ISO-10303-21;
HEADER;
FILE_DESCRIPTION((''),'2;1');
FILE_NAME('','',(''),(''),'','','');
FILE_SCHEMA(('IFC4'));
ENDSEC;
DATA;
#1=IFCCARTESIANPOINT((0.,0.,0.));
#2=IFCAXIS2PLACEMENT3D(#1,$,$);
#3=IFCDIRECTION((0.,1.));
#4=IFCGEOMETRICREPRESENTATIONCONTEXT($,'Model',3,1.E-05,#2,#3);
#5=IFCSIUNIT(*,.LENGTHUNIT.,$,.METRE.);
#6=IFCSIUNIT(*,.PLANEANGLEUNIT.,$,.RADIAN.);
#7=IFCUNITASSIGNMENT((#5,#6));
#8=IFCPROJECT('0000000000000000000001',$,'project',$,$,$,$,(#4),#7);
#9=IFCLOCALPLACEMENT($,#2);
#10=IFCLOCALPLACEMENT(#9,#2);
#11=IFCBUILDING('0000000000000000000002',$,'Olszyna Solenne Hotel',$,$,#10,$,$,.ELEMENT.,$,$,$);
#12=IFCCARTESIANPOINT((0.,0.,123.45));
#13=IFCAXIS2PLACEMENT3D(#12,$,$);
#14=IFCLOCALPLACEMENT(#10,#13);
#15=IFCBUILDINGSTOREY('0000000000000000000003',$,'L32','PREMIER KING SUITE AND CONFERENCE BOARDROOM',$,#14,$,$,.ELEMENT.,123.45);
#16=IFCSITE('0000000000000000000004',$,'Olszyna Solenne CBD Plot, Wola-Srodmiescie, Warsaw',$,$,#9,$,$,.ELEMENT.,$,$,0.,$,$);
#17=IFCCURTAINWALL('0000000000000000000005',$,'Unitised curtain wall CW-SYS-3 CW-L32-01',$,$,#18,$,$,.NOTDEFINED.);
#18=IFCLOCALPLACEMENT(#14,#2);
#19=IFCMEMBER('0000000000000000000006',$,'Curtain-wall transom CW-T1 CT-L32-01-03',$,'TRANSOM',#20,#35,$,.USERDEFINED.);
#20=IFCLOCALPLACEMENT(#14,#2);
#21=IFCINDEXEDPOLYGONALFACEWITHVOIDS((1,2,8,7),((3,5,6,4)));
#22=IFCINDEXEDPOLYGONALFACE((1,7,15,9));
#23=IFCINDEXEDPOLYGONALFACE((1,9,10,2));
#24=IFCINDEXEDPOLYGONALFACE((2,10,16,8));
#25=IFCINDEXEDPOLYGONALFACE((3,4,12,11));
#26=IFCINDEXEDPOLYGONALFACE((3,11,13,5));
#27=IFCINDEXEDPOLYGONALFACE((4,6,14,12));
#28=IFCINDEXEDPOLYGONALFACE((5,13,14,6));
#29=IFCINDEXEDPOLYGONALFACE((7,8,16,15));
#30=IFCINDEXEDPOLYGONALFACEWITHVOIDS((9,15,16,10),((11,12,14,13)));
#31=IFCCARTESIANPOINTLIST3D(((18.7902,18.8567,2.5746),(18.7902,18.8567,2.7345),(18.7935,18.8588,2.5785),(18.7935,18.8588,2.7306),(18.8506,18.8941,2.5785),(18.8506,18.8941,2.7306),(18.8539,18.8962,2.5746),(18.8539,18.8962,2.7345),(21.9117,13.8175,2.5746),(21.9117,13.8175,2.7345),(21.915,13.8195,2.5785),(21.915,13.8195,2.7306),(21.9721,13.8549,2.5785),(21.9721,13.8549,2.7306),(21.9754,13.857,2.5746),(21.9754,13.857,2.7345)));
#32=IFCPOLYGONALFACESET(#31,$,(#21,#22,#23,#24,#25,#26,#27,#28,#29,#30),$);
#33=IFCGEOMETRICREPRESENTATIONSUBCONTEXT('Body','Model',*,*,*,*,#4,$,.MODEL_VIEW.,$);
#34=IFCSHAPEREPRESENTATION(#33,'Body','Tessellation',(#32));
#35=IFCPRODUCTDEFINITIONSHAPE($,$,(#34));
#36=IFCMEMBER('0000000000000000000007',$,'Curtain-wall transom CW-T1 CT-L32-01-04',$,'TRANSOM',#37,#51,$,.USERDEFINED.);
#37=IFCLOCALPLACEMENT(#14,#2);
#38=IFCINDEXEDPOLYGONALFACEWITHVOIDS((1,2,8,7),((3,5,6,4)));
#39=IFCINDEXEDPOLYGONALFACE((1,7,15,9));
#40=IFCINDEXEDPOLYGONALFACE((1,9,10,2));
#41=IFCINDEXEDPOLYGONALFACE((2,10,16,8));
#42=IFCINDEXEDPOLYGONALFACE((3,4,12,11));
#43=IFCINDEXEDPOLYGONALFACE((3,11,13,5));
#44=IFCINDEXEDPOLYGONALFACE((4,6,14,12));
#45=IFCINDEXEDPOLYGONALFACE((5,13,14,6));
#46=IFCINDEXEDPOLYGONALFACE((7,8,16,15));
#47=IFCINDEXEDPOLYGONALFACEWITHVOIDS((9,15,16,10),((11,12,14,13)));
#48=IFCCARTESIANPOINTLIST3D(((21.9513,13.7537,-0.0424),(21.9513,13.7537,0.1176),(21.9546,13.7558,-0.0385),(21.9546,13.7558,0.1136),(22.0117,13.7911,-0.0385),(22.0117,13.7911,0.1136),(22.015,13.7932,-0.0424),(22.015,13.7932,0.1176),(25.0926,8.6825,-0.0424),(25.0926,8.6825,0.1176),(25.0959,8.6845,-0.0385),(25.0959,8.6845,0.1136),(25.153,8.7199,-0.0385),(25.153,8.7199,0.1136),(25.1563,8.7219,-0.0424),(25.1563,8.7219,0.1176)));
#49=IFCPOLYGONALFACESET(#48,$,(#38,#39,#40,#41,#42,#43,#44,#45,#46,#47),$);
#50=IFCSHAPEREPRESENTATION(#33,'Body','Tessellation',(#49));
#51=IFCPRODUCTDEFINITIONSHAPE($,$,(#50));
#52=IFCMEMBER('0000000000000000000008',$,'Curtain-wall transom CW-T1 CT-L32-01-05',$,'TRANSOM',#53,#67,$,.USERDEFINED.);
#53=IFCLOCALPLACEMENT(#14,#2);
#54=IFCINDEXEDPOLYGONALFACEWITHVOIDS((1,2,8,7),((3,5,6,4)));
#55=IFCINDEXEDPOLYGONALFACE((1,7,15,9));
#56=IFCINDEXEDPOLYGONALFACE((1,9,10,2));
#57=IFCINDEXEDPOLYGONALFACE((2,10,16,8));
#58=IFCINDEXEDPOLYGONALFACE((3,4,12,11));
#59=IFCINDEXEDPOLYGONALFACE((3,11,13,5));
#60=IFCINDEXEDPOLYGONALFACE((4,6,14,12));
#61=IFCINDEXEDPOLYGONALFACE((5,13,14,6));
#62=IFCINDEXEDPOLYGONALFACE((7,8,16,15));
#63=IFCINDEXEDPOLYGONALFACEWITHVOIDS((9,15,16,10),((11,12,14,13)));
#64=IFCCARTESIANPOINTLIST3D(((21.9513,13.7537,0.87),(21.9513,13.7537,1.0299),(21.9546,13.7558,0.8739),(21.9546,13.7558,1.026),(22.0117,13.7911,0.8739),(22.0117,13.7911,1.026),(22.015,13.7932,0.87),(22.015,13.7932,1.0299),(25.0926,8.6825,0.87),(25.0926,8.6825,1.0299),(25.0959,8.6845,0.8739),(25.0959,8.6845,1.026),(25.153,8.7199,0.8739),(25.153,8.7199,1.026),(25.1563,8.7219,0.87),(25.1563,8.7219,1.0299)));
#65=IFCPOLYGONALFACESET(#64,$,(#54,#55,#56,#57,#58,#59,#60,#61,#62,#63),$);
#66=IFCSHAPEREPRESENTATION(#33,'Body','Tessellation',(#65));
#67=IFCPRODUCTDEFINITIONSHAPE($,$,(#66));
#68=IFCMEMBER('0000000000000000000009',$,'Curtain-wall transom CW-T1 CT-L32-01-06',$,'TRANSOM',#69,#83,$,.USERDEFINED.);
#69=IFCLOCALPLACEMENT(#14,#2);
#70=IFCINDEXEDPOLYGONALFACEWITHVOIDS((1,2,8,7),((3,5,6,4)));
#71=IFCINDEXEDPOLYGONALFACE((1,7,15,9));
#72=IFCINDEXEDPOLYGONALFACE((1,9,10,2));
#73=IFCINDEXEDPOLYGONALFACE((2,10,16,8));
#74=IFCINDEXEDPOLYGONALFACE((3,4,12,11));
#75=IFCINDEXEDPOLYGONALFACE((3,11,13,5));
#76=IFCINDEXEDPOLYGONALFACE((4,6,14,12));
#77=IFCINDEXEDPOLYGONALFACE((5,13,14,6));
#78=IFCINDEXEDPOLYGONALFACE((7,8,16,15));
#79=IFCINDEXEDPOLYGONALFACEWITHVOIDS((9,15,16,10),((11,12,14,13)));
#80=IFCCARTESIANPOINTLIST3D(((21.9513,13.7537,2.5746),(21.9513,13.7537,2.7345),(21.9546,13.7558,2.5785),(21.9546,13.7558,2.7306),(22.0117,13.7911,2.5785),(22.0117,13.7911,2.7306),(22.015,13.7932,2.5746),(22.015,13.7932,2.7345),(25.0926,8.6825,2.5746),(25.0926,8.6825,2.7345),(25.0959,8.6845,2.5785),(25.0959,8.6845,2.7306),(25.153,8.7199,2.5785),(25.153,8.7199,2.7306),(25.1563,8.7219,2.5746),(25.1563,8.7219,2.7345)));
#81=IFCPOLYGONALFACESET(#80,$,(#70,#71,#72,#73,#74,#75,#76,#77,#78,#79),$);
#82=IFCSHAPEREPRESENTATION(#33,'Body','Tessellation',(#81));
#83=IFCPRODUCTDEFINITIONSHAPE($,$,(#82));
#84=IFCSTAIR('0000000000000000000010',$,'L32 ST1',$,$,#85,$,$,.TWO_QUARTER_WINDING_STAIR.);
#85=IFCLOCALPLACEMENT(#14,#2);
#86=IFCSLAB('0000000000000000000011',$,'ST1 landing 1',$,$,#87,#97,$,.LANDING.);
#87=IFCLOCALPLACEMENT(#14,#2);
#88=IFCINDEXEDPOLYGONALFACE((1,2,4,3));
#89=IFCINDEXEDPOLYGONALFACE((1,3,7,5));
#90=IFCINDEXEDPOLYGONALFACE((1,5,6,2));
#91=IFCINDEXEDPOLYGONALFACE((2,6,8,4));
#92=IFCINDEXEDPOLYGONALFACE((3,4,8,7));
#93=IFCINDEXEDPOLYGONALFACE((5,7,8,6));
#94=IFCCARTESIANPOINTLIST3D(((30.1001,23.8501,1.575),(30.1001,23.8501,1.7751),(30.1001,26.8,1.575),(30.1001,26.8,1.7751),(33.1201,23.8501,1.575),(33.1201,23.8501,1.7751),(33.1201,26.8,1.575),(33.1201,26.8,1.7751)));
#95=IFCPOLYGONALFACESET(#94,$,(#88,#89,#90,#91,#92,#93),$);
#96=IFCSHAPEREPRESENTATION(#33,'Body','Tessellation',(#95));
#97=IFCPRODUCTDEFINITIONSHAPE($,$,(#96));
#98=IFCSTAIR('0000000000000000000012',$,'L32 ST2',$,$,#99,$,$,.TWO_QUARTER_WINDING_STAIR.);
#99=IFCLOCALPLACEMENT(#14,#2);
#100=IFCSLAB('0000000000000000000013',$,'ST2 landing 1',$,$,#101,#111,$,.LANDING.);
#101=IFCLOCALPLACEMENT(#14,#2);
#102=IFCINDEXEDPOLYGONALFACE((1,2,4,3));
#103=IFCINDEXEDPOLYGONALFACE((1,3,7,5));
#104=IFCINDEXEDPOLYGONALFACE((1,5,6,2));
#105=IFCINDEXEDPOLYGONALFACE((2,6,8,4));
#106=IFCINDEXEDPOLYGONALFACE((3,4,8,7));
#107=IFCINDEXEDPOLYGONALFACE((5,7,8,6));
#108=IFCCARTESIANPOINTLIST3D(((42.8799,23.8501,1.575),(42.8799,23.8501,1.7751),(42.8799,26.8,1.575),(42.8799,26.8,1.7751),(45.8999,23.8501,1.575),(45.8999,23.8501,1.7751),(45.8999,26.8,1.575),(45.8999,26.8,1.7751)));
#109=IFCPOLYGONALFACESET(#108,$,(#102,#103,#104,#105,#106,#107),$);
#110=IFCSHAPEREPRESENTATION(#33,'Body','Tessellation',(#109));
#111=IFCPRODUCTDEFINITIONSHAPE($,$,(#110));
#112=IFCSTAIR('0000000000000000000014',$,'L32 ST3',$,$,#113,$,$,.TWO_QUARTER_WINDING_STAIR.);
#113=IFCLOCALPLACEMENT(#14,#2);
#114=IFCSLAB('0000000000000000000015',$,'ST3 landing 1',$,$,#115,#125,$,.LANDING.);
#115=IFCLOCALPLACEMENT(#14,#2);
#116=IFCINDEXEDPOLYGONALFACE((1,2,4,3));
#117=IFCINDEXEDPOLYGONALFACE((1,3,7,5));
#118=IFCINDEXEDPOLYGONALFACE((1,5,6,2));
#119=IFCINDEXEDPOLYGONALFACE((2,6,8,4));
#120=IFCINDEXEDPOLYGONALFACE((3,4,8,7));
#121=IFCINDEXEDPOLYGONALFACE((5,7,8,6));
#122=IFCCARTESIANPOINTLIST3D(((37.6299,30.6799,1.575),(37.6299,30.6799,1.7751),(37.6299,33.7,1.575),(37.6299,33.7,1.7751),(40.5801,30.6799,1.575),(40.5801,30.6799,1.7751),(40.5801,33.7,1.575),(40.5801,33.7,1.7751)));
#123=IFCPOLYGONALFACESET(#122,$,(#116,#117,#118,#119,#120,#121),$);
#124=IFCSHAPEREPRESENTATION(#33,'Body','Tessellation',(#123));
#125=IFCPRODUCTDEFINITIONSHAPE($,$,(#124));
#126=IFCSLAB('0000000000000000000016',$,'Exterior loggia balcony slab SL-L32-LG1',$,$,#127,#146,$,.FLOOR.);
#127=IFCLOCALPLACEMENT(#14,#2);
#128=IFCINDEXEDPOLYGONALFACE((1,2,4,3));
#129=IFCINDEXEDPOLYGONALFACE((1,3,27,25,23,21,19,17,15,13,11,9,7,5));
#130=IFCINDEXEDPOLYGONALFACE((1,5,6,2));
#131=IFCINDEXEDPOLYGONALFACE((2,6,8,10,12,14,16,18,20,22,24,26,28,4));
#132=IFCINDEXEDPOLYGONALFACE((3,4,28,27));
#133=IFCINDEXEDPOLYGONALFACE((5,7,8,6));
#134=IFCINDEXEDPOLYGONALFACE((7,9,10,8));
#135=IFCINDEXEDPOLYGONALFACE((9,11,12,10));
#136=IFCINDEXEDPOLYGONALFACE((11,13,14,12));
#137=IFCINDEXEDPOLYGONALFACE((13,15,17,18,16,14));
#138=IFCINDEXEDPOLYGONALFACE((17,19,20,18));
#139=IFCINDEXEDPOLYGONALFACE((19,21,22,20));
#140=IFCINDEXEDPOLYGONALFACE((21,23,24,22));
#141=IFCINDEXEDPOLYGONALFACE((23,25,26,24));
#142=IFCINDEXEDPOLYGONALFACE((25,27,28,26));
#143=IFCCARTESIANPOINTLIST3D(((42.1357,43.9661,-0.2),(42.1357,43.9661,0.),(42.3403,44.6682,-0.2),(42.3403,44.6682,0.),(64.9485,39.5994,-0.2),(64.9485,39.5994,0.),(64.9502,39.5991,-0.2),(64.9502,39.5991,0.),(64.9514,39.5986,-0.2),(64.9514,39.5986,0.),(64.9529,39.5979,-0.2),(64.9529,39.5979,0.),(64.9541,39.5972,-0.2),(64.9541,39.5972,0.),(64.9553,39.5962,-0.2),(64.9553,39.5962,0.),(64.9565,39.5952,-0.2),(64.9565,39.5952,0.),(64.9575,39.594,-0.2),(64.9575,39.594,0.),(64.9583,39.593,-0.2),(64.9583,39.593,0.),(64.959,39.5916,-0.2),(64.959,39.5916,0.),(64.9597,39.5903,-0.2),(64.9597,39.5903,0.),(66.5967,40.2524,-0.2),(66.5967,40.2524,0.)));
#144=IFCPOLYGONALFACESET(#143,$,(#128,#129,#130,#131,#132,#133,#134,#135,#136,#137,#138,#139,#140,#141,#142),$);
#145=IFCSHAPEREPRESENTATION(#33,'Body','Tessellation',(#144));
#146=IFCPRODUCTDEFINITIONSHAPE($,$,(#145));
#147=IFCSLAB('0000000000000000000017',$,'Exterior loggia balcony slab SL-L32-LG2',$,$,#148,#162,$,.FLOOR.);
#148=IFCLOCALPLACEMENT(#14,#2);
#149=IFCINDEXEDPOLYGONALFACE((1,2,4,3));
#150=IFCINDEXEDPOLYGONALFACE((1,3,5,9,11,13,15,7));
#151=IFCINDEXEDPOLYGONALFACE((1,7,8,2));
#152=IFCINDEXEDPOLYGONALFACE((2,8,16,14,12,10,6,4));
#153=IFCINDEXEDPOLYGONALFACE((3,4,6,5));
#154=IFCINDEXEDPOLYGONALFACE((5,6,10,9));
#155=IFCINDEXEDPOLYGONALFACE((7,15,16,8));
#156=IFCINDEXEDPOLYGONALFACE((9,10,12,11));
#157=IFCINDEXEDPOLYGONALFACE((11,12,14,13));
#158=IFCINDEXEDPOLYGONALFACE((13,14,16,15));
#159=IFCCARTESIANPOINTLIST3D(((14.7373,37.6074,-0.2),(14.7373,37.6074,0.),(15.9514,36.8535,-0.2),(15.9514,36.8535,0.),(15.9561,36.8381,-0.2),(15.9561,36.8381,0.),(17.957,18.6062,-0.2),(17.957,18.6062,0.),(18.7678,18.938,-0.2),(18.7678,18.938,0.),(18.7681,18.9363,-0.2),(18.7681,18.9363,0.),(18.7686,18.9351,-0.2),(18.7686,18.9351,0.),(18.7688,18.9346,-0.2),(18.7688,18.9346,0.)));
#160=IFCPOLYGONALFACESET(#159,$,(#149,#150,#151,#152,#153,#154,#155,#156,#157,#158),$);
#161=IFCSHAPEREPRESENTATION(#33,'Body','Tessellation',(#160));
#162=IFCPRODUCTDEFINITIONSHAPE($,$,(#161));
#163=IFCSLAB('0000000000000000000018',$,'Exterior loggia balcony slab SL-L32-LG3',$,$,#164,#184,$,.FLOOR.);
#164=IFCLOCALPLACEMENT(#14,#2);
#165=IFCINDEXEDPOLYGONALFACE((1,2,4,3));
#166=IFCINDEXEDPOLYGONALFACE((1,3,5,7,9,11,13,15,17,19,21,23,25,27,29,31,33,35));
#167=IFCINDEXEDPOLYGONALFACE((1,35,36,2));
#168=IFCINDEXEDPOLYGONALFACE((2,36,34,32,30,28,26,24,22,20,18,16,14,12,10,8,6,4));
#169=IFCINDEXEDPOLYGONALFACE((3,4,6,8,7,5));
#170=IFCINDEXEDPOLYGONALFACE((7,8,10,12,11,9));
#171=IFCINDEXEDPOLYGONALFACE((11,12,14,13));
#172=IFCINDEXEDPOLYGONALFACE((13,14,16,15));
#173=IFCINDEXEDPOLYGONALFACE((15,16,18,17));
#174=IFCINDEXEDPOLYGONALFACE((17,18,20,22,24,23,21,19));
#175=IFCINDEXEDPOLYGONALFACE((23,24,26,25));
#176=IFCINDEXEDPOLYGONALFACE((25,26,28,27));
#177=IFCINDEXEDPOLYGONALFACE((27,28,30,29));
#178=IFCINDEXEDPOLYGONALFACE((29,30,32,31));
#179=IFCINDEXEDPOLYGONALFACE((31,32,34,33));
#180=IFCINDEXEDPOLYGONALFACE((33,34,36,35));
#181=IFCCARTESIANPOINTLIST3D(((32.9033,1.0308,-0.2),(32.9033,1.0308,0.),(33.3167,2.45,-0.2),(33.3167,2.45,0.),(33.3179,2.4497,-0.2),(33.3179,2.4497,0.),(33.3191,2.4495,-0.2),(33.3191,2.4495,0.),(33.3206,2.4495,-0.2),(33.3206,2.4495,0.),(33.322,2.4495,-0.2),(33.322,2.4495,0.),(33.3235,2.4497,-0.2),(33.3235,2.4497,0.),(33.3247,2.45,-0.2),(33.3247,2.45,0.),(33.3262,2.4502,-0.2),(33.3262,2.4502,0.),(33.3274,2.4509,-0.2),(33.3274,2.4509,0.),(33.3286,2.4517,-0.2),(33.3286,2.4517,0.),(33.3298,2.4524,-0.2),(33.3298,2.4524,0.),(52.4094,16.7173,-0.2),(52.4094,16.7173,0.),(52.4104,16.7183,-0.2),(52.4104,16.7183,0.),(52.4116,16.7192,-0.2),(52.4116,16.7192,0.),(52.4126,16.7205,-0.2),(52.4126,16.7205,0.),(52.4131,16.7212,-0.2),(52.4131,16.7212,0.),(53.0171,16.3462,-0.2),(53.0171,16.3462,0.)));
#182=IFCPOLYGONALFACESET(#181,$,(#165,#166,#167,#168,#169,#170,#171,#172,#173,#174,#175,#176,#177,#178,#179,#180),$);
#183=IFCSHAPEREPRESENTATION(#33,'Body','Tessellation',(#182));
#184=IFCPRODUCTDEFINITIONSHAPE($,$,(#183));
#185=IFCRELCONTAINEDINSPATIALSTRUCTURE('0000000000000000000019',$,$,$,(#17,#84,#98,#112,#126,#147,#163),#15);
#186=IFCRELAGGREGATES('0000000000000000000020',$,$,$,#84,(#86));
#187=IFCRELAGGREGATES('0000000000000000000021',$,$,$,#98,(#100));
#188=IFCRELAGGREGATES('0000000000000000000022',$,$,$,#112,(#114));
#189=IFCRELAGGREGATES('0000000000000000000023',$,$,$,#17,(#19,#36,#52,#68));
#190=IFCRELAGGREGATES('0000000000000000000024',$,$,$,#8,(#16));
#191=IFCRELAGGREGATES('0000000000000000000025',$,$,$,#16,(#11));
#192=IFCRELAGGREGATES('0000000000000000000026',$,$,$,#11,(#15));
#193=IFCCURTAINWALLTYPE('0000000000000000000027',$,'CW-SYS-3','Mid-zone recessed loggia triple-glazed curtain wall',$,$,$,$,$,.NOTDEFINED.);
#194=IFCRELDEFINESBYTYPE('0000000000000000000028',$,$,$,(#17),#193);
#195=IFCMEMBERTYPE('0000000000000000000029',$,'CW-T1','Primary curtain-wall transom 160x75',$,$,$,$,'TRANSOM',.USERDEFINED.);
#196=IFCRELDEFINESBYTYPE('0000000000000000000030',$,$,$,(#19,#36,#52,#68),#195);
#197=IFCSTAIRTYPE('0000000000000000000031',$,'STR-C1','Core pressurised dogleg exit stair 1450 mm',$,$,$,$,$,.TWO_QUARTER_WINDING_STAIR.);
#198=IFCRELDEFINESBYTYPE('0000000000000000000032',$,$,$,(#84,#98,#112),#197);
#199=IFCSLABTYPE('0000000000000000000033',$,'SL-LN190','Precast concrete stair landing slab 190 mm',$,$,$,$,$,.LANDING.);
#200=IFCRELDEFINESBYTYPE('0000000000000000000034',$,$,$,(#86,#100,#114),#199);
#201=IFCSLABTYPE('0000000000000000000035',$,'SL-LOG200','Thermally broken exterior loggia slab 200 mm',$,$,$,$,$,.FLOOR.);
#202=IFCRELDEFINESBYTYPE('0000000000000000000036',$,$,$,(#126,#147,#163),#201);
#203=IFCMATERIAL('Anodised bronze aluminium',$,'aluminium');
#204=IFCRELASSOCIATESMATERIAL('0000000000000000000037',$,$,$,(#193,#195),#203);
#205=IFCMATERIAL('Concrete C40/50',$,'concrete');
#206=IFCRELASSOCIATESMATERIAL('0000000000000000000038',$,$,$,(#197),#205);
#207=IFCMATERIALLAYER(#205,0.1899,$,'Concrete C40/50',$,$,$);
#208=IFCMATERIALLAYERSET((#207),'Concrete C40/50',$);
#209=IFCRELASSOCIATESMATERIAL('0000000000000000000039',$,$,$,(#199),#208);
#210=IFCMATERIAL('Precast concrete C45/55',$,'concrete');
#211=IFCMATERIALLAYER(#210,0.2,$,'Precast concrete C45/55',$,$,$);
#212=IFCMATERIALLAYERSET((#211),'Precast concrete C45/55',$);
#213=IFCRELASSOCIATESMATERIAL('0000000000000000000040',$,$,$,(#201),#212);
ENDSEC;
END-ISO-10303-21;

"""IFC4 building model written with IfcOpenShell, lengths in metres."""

from ifc_helpers import new_model, si_unit, direction, frame, origin, origin_2d, place, context, subcontext, project, spatial, polyline, hollow_rectangle, outline, extrude, source, transform, mapped, material, layer, layer_set, material_profile, profile_set, type_object, element, aggregate, save


model = new_model("IFC4")

# Units and contexts
model_context = context("Model", 3, precision=1e-05, world=origin(), true_north=direction((0.0, 1.0)))
body_context = subcontext(model_context, "Body", "Model", "MODEL_VIEW")
ifc_project = project(units=[si_unit("LENGTHUNIT", "METRE"), si_unit("PLANEANGLEUNIT", "RADIAN")], contexts=[model_context])

# Site, building, storey
site_placement = place(None, origin())
site = spatial("IfcSite", under=ifc_project, at=site_placement, Name="Olszyna Solenne CBD Plot, Wola-Srodmiescie, Warsaw", CompositionType="ELEMENT", RefElevation=0.0)
building_placement = place(site_placement, origin())
building = spatial("IfcBuilding", under=site, at=building_placement, Name="Olszyna Solenne Hotel", CompositionType="ELEMENT")
storey_placement = place(building_placement, frame((0.0, 0.0, 123.45)))
storey = spatial("IfcBuildingStorey", under=building, at=storey_placement, Name="L32", Description="PREMIER KING SUITE AND CONFERENCE BOARDROOM", CompositionType="ELEMENT", Elevation=123.45)

# Curtain wall, members
ifc_material_1 = material(Name="Anodised bronze aluminium", Category="aluminium")
curtain_wall_type = type_object("IfcCurtainWallType", Name="CW-SYS-3", Description="Mid-zone recessed loggia triple-glazed curtain wall", PredefinedType="NOTDEFINED", material=ifc_material_1)
curtain_wall_placement = place(storey_placement, origin())
curtain_wall = element("IfcCurtainWall", 1, at=curtain_wall_placement, inside=storey, type_object=curtain_wall_type, Name="Unitised curtain wall CW-SYS-3 CW-L32-01", PredefinedType="NOTDEFINED")
ifc_material_profile_1 = material_profile(ifc_material_1, hollow_rectangle(XDim=0.075, YDim=0.1599, WallThickness=0.0039, at=origin_2d()), Name="TRAN 160x75x4", Category="load-bearing")
ifc_profile_set_1 = profile_set([ifc_material_profile_1], Name="Anodised bronze aluminium")
member_type_1 = type_object("IfcMemberType", Name="CW-T1", Description="Primary curtain-wall transom 160x75", ElementType="TRANSOM", PredefinedType="USERDEFINED", material=ifc_profile_set_1)
shared_shape_1 = source(origin(), body_context, "Body", "SweptSolid", [
    extrude(hollow_rectangle(XDim=0.075, YDim=0.1599, WallThickness=0.0039, at=origin_2d()), origin(), (0.0, 0.0, 1.0), 5.9277),
])
member_1_placement = place(storey_placement, frame((18.822, 18.8765, 2.6545), z_axis=(0.5266, -0.850113, 0.0), x_axis=(0.850113, 0.5266, 0.0)))
member_1 = element("IfcMember", 2, at=member_1_placement, type_object=member_type_1, Name="Curtain-wall transom CW-T1 CT-L32-01-03", ObjectType="TRANSOM", PredefinedType="USERDEFINED", context=body_context, shape_type="MappedRepresentation", body=[
    mapped(shared_shape_1, transform((0.0, 0.0, 0.0), x_axis=(1.0, 0.0, 0.0), y_axis=(0.0, 1.0, 0.0), z_axis=(0.0, 0.0, 1.0), scale=1.0)),
])
shared_shape_2 = source(origin(), body_context, "Body", "SweptSolid", [
    extrude(hollow_rectangle(XDim=0.075, YDim=0.1599, WallThickness=0.0039, at=origin_2d()), origin(), (0.0, 0.0, 1.0), 5.9653),
])
member_2_placement = place(storey_placement, frame((21.9832, 13.7734, 0.0376), z_axis=(0.526596, -0.850116, 0.0), x_axis=(0.850116, 0.526596, 0.0)))
member_2 = element("IfcMember", 3, at=member_2_placement, type_object=member_type_1, Name="Curtain-wall transom CW-T1 CT-L32-01-04", ObjectType="TRANSOM", PredefinedType="USERDEFINED", context=body_context, shape_type="MappedRepresentation", body=[
    mapped(shared_shape_2, transform((0.0, 0.0, 0.0), x_axis=(1.0, 0.0, 0.0), y_axis=(0.0, 1.0, 0.0), z_axis=(0.0, 0.0, 1.0), scale=1.0)),
])
member_3_placement = place(storey_placement, frame((21.9832, 13.7734, 0.95), z_axis=(0.526596, -0.850116, 0.0), x_axis=(0.850116, 0.526596, 0.0)))
member_3 = element("IfcMember", 4, at=member_3_placement, type_object=member_type_1, Name="Curtain-wall transom CW-T1 CT-L32-01-05", ObjectType="TRANSOM", PredefinedType="USERDEFINED", context=body_context, shape_type="MappedRepresentation", body=[
    mapped(shared_shape_2, transform((0.0, 0.0, 0.0), x_axis=(1.0, 0.0, 0.0), y_axis=(0.0, 1.0, 0.0), z_axis=(0.0, 0.0, 1.0), scale=1.0)),
])
member_4_placement = place(storey_placement, frame((21.9832, 13.7734, 2.6545), z_axis=(0.526596, -0.850116, 0.0), x_axis=(0.850116, 0.526596, 0.0)))
member_4 = element("IfcMember", 5, at=member_4_placement, type_object=member_type_1, Name="Curtain-wall transom CW-T1 CT-L32-01-06", ObjectType="TRANSOM", PredefinedType="USERDEFINED", context=body_context, shape_type="MappedRepresentation", body=[
    mapped(shared_shape_2, transform((0.0, 0.0, 0.0), x_axis=(1.0, 0.0, 0.0), y_axis=(0.0, 1.0, 0.0), z_axis=(0.0, 0.0, 1.0), scale=1.0)),
])

# Stairs, slabs
ifc_material_2 = material(Name="Concrete C40/50", Category="concrete")
stair_type = type_object("IfcStairType", Name="STR-C1", Description="Core pressurised dogleg exit stair 1450 mm", PredefinedType="TWO_QUARTER_WINDING_STAIR", material=ifc_material_2)
stair_1_placement = place(storey_placement, origin())
stair_1 = element("IfcStair", 6, at=stair_1_placement, inside=storey, type_object=stair_type, Name="L32 ST1", PredefinedType="TWO_QUARTER_WINDING_STAIR")
ifc_layer_1 = layer(ifc_material_2, 0.1899, Name="Concrete C40/50")
ifc_layer_set_1 = layer_set([ifc_layer_1], Name="Concrete C40/50")
slab_type_1 = type_object("IfcSlabType", Name="SL-LN190", Description="Precast concrete stair landing slab 190 mm", PredefinedType="LANDING", material=ifc_layer_set_1)
slab_1_placement = place(storey_placement, frame((0.0, 0.0, 1.575)))
slab_1 = element("IfcSlab", 7, at=slab_1_placement, type_object=slab_type_1, Name="ST1 landing 1", PredefinedType="LANDING", context=body_context, shape_type="SweptSolid", body=[
    extrude(outline(polyline([(33.1201, 23.8501), (33.1201, 26.8), (30.1001, 26.8), (30.1001, 23.8501), (33.1201, 23.8501)])), origin(), (0.0, 0.0, 1.0), 0.2002),
])
aggregate(stair_1, [slab_1])
stair_2_placement = place(storey_placement, origin())
stair_2 = element("IfcStair", 8, at=stair_2_placement, inside=storey, type_object=stair_type, Name="L32 ST2", PredefinedType="TWO_QUARTER_WINDING_STAIR")
slab_2_placement = place(storey_placement, frame((0.0, 0.0, 1.575)))
slab_2 = element("IfcSlab", 9, at=slab_2_placement, type_object=slab_type_1, Name="ST2 landing 1", PredefinedType="LANDING", context=body_context, shape_type="SweptSolid", body=[
    extrude(outline(polyline([(45.8999, 23.8501), (45.8999, 26.8), (42.8799, 26.8), (42.8799, 23.8501), (45.8999, 23.8501)])), origin(), (0.0, 0.0, 1.0), 0.2002),
])
aggregate(stair_2, [slab_2])
stair_3_placement = place(storey_placement, origin())
stair_3 = element("IfcStair", 10, at=stair_3_placement, inside=storey, type_object=stair_type, Name="L32 ST3", PredefinedType="TWO_QUARTER_WINDING_STAIR")
slab_3_placement = place(storey_placement, frame((0.0, 0.0, 1.575)))
slab_3 = element("IfcSlab", 11, at=slab_3_placement, type_object=slab_type_1, Name="ST3 landing 1", PredefinedType="LANDING", context=body_context, shape_type="SweptSolid", body=[
    extrude(outline(polyline([(37.6299, 30.6799), (40.5801, 30.6799), (40.5801, 33.7), (37.6299, 33.7), (37.6299, 30.6799)])), origin(), (0.0, 0.0, 1.0), 0.2002),
])
aggregate(stair_3, [slab_3])

# Slabs
ifc_material_3 = material(Name="Precast concrete C45/55", Category="concrete")
ifc_layer_2 = layer(ifc_material_3, 0.2, Name="Precast concrete C45/55")
ifc_layer_set_2 = layer_set([ifc_layer_2], Name="Precast concrete C45/55")
slab_type_2 = type_object("IfcSlabType", Name="SL-LOG200", Description="Thermally broken exterior loggia slab 200 mm", PredefinedType="FLOOR", material=ifc_layer_set_2)
slab_4_placement = place(storey_placement, frame((0.0, 0.0, -0.2)))
element("IfcSlab", 12, at=slab_4_placement, inside=storey, type_object=slab_type_2, Name="Exterior loggia balcony slab SL-L32-LG1", PredefinedType="FLOOR", context=body_context, shape_type="SweptSolid", body=[
    extrude(outline(polyline([(42.1357, 43.9661), (64.9485, 39.5994), (64.9502, 39.5991), (64.9514, 39.5986), (64.9529, 39.5979), (64.9541, 39.5972), (64.9553, 39.5962), (64.9565, 39.5952), (64.9575, 39.594), (64.9583, 39.593), (64.959, 39.5916), (64.9597, 39.5903), (66.5967, 40.2524), (42.3403, 44.6682), (42.1357, 43.9661)])), origin(), (0.0, 0.0, 1.0), 0.2),
])
slab_5_placement = place(storey_placement, frame((0.0, 0.0, -0.2)))
element("IfcSlab", 13, at=slab_5_placement, inside=storey, type_object=slab_type_2, Name="Exterior loggia balcony slab SL-L32-LG2", PredefinedType="FLOOR", context=body_context, shape_type="SweptSolid", body=[
    extrude(outline(polyline([(18.7688, 18.9346), (18.7686, 18.9351), (18.7681, 18.9363), (18.7678, 18.938), (15.9561, 36.8381), (15.9514, 36.8535), (14.7373, 37.6074), (17.957, 18.6062), (18.7688, 18.9346)])), origin(), (0.0, 0.0, 1.0), 0.2),
])
slab_6_placement = place(storey_placement, frame((0.0, 0.0, -0.2)))
element("IfcSlab", 14, at=slab_6_placement, inside=storey, type_object=slab_type_2, Name="Exterior loggia balcony slab SL-L32-LG3", PredefinedType="FLOOR", context=body_context, shape_type="SweptSolid", body=[
    extrude(outline(polyline([(52.4131, 16.7212), (52.4126, 16.7205), (52.4116, 16.7192), (52.4104, 16.7183), (52.4094, 16.7173), (33.3298, 2.4524), (33.3286, 2.4517), (33.3274, 2.4509), (33.3262, 2.4502), (33.3247, 2.45), (33.3235, 2.4497), (33.322, 2.4495), (33.3206, 2.4495), (33.3191, 2.4495), (33.3179, 2.4497), (33.3167, 2.45), (32.9033, 1.0308), (53.0171, 16.3462), (52.4131, 16.7212)])), origin(), (0.0, 0.0, 1.0), 0.2),
])

aggregate(curtain_wall, [member_1, member_2, member_3, member_4])

save(model, "model.ifc")
